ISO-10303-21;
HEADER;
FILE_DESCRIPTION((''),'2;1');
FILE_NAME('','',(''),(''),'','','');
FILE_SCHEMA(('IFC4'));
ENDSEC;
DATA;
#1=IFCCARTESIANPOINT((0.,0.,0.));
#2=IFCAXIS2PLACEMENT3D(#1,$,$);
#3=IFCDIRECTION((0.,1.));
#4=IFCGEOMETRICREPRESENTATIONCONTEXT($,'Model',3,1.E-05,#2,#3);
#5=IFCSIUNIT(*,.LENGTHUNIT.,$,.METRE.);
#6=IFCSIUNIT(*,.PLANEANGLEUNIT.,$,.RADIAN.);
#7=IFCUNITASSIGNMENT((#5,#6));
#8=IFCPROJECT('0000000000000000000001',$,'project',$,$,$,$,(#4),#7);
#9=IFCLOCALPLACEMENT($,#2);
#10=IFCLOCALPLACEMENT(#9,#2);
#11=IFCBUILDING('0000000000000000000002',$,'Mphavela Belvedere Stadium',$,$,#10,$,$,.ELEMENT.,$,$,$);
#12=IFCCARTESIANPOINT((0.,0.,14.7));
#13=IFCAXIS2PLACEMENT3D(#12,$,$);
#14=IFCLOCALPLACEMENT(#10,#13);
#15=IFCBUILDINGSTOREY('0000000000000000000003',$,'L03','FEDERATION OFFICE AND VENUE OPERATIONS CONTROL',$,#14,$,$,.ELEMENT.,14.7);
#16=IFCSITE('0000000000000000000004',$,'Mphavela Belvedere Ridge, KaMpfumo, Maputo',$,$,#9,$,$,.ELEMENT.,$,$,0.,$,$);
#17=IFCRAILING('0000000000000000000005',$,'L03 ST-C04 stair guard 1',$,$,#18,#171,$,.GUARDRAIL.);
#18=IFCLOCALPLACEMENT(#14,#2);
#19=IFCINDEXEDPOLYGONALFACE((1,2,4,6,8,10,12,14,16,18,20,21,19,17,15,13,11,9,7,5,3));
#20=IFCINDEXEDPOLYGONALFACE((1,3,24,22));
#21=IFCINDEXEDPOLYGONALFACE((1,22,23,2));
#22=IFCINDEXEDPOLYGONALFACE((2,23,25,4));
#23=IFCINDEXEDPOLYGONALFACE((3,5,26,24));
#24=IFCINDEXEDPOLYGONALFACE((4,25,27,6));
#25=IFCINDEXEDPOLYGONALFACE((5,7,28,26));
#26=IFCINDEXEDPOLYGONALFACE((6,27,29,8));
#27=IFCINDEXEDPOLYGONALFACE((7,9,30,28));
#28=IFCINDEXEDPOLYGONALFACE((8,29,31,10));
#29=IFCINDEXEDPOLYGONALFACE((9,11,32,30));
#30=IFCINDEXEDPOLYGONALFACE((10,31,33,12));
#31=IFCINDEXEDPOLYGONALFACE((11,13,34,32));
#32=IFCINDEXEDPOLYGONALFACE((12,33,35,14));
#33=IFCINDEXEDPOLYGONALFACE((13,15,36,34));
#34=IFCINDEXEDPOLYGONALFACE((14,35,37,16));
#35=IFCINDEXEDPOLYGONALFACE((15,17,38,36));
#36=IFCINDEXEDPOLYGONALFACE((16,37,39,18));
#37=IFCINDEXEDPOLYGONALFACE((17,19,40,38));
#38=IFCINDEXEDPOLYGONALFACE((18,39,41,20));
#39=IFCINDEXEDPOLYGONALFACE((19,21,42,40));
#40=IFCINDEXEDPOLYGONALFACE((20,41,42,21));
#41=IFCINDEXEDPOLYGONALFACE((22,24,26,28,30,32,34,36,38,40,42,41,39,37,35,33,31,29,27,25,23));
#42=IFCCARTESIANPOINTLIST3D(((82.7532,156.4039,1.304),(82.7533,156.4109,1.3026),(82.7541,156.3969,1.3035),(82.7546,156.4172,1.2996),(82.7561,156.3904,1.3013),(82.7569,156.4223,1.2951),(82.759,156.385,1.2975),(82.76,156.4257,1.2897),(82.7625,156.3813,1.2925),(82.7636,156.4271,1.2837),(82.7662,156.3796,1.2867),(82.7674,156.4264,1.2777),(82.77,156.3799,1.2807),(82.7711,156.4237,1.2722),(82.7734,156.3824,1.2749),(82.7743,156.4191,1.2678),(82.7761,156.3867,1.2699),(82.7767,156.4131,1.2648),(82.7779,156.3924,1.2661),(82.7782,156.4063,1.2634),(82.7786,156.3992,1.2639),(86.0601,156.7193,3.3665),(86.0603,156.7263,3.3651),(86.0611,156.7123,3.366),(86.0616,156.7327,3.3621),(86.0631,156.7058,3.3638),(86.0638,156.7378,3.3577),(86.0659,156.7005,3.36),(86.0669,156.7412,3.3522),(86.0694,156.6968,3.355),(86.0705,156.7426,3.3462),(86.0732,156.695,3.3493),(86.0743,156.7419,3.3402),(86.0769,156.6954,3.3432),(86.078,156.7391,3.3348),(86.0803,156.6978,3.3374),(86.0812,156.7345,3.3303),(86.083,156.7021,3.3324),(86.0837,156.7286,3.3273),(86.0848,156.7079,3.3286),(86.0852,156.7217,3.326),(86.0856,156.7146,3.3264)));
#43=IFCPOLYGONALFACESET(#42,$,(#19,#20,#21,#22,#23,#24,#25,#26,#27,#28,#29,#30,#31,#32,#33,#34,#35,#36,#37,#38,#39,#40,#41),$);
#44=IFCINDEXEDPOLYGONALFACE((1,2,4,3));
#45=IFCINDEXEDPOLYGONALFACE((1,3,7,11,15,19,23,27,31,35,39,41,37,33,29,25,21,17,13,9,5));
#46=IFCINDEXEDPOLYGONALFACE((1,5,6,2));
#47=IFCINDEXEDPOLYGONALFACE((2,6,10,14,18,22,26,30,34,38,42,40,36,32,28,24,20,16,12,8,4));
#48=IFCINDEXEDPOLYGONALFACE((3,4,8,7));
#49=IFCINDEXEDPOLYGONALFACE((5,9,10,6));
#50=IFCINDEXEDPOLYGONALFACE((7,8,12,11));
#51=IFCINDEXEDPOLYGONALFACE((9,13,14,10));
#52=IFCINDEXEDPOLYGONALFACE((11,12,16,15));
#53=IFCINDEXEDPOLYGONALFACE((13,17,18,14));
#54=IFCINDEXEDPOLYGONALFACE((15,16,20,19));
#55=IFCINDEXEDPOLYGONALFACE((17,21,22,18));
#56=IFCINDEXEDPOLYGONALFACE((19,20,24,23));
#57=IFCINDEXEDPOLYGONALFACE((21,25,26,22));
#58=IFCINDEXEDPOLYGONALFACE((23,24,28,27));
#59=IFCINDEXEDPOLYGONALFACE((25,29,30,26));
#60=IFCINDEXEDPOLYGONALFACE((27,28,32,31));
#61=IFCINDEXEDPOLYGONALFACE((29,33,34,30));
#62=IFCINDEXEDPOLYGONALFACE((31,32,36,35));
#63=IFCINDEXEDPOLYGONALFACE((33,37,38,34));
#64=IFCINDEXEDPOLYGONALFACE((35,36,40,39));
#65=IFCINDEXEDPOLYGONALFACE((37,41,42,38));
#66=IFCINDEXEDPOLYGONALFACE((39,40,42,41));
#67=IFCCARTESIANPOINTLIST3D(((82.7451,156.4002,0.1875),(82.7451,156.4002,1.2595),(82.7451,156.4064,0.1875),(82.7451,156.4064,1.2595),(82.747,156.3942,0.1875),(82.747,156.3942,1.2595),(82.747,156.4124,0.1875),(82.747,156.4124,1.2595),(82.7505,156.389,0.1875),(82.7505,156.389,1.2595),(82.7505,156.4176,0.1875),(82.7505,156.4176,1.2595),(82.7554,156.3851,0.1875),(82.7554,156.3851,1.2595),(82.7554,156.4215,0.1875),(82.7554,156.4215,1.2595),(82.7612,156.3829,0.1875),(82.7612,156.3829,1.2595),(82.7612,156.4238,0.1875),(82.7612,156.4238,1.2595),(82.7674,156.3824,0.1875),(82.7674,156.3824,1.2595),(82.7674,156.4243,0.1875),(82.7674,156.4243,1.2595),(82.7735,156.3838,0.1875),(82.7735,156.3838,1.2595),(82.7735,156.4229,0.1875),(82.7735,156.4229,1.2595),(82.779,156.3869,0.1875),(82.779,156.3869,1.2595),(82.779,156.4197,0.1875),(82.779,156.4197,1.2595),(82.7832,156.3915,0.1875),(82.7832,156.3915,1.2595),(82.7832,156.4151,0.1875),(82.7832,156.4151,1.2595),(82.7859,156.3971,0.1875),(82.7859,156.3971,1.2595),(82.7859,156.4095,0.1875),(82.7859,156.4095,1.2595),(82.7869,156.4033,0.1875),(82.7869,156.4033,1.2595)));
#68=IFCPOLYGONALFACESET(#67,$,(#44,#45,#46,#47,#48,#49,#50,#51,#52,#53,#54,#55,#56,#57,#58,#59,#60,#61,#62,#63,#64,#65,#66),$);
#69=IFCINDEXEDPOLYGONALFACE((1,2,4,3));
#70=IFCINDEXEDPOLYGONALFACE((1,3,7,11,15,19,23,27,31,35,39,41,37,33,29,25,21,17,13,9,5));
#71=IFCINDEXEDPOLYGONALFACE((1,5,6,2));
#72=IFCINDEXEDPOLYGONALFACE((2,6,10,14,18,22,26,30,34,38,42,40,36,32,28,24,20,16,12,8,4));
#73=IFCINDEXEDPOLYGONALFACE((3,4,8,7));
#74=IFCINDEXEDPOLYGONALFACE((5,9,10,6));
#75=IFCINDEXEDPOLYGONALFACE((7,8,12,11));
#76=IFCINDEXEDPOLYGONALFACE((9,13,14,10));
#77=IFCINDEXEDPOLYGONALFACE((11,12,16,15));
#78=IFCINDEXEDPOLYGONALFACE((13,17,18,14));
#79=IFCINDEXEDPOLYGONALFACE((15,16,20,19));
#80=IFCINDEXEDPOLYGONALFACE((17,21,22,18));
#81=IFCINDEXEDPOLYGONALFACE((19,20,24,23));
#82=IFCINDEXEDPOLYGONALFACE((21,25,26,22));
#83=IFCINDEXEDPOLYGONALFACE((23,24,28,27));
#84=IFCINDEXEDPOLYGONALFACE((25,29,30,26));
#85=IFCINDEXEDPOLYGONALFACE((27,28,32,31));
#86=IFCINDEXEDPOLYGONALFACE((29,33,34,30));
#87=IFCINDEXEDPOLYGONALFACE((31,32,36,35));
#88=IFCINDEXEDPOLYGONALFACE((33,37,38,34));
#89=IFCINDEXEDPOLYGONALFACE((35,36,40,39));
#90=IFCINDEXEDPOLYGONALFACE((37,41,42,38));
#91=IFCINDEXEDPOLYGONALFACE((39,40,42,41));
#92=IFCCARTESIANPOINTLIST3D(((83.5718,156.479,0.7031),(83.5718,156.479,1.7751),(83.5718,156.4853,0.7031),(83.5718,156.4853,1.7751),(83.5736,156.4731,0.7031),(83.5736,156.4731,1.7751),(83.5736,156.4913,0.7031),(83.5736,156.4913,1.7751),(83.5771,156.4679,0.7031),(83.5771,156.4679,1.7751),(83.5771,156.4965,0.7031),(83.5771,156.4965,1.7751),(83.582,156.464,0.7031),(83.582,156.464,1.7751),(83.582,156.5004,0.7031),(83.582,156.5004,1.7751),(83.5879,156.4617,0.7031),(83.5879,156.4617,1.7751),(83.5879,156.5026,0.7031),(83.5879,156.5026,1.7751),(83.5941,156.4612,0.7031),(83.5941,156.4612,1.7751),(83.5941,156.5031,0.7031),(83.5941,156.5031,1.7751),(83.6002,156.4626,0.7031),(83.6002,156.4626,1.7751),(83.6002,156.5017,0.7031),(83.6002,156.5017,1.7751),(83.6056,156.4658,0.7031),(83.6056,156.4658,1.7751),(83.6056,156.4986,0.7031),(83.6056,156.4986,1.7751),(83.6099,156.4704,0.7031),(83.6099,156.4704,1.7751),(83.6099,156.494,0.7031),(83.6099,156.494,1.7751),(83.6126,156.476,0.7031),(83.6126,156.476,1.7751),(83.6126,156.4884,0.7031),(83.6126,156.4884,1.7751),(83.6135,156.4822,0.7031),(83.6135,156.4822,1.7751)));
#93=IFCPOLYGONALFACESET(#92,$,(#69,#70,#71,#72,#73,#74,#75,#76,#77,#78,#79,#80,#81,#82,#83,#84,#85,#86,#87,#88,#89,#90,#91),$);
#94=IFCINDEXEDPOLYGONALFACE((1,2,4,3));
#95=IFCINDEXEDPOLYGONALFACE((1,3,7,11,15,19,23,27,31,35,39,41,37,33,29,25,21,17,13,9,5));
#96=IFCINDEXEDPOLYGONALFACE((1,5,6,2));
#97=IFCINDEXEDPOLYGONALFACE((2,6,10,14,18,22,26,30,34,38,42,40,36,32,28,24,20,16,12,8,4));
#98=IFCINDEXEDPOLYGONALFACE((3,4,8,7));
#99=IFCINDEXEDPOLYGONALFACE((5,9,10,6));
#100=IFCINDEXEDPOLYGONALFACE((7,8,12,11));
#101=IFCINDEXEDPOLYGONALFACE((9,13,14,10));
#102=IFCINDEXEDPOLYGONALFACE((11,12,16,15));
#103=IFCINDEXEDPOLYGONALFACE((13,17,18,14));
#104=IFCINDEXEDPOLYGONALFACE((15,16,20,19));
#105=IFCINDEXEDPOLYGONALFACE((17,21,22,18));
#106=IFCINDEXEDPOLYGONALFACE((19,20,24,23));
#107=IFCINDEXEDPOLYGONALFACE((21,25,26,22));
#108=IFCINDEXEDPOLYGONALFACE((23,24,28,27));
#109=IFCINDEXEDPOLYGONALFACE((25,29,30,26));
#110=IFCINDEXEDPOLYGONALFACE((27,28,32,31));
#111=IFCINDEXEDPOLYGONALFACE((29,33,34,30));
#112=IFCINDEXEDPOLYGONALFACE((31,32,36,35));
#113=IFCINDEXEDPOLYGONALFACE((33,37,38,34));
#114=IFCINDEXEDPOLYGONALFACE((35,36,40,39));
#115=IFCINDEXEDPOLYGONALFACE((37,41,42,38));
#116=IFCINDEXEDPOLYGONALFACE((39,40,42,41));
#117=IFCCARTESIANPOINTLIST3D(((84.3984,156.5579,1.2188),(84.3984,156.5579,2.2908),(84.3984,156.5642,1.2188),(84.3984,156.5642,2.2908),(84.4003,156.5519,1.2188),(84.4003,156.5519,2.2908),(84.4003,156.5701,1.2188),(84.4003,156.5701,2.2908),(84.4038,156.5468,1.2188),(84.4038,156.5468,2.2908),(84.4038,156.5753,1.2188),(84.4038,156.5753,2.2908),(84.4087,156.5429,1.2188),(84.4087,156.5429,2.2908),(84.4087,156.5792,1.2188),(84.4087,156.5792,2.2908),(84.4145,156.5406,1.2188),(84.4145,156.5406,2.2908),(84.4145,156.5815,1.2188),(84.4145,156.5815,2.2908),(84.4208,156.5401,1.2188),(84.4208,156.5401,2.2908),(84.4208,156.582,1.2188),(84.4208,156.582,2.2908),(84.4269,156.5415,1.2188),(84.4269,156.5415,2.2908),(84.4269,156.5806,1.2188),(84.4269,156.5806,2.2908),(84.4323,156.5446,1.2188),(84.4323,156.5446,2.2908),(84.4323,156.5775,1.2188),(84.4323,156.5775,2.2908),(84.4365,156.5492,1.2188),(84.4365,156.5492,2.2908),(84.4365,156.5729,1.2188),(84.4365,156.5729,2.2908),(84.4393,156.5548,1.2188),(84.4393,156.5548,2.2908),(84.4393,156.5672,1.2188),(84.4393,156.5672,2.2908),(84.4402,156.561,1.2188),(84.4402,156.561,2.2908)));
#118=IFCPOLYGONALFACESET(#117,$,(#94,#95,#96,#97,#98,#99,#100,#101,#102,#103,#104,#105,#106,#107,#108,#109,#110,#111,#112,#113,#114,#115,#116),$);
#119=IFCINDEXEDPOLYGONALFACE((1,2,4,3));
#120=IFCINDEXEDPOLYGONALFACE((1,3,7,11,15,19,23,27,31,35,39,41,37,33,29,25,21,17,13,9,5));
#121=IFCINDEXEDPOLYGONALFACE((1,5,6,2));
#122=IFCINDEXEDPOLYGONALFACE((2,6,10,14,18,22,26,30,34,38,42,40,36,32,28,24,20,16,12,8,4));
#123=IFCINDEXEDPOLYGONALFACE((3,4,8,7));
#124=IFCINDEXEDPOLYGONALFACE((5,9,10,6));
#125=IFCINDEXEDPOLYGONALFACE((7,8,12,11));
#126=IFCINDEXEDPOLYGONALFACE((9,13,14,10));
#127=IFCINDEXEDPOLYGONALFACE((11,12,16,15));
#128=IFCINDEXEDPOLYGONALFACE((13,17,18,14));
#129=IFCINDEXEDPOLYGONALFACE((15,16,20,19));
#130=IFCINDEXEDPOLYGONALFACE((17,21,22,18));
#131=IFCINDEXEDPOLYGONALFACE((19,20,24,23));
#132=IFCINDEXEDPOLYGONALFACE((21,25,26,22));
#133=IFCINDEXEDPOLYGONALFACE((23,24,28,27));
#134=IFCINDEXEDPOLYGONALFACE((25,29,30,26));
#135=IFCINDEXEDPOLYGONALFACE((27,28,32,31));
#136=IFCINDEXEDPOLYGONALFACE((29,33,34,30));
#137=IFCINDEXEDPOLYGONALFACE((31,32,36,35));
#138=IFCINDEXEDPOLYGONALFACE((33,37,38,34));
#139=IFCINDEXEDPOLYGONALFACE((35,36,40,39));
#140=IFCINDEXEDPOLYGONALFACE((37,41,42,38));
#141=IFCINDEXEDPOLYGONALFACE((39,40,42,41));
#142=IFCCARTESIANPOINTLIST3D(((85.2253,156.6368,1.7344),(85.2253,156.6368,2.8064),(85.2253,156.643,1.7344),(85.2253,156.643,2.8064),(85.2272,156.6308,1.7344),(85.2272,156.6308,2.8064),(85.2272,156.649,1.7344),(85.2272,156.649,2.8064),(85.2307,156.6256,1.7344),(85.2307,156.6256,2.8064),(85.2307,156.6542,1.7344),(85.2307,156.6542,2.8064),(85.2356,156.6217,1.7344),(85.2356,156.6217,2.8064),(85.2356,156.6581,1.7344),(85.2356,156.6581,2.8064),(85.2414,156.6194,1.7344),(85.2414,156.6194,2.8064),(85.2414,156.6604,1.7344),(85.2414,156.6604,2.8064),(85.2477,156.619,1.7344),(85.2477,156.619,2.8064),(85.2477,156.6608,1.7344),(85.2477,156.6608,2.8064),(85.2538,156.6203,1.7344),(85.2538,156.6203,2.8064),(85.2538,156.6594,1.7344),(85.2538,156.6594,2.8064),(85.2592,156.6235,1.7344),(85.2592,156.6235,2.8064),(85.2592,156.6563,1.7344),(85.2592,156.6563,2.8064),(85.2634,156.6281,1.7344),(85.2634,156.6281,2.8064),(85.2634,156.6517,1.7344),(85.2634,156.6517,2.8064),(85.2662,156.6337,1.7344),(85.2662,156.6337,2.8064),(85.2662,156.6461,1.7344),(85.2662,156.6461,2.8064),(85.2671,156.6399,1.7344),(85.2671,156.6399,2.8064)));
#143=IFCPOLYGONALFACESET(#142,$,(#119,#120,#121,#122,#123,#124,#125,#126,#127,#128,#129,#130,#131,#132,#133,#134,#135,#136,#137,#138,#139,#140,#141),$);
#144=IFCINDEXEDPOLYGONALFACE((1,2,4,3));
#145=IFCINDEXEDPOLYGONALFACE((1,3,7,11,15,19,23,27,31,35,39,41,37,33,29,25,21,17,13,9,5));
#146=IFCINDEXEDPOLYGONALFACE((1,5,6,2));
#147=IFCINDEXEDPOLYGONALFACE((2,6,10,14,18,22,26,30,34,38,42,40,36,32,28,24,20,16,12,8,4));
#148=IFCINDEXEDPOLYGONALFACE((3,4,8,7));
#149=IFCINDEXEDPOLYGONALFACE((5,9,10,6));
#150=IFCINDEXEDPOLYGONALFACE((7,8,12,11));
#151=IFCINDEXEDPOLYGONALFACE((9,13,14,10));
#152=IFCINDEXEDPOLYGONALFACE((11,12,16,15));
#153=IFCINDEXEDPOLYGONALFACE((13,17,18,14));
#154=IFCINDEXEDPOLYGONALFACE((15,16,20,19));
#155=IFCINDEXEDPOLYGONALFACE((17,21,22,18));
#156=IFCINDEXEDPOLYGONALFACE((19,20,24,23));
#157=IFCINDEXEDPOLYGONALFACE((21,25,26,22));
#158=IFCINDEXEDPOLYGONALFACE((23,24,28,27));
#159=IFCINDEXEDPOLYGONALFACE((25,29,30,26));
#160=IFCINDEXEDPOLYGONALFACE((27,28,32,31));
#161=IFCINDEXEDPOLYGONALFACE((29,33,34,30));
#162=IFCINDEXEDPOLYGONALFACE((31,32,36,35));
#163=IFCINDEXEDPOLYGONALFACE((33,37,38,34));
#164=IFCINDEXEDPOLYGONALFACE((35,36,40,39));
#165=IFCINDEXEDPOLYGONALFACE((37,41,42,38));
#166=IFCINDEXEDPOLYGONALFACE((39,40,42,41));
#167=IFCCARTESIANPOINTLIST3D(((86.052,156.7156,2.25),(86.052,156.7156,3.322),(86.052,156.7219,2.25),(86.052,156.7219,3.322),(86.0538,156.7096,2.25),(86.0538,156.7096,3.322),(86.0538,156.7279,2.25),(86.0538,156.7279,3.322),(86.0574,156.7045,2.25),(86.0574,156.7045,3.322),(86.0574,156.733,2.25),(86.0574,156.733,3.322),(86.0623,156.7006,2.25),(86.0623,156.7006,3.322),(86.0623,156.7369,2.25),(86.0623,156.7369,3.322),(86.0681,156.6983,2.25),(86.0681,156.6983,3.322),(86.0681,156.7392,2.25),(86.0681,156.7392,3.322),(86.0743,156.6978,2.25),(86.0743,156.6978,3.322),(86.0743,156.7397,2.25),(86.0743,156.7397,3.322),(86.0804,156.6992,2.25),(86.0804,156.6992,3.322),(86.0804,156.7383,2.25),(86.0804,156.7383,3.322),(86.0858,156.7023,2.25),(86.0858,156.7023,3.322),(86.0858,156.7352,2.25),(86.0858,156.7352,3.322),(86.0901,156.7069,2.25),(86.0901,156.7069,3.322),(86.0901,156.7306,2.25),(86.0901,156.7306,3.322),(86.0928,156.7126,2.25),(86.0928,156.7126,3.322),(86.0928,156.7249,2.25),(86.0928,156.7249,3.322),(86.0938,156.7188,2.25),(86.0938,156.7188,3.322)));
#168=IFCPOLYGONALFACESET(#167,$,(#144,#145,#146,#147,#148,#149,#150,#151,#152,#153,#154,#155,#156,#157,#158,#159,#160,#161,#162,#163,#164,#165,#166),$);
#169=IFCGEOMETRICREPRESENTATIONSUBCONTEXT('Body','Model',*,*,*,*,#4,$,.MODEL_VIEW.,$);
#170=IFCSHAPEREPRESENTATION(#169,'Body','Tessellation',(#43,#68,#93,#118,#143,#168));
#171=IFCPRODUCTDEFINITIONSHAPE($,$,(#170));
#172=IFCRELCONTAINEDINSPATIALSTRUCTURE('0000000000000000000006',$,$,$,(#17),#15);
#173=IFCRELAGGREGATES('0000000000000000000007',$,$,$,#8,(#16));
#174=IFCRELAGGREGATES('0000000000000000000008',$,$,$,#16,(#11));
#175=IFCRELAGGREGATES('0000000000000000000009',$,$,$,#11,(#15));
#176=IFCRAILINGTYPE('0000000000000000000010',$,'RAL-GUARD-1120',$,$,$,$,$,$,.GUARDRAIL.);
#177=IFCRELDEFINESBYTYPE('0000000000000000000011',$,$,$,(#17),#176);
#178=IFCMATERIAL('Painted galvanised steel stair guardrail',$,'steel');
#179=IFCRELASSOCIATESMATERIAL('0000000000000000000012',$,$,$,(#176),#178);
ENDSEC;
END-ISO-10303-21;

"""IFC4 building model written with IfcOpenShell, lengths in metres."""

from ifc_helpers import new_model, si_unit, direction, frame, origin, origin_2d, place, context, subcontext, project, spatial, circle, extrude, material, type_object, element, save


model = new_model("IFC4")

# Units and contexts
model_context = context("Model", 3, precision=1e-05, world=origin(), true_north=direction((0.0, 1.0)))
body_context = subcontext(model_context, "Body", "Model", "MODEL_VIEW")
ifc_project = project(units=[si_unit("LENGTHUNIT", "METRE"), si_unit("PLANEANGLEUNIT", "RADIAN")], contexts=[model_context])

# Site, building, storey
site_placement = place(None, origin())
site = spatial("IfcSite", under=ifc_project, at=site_placement, Name="Mphavela Belvedere Ridge, KaMpfumo, Maputo", CompositionType="ELEMENT", RefElevation=0.0)
building_placement = place(site_placement, origin())
building = spatial("IfcBuilding", under=site, at=building_placement, Name="Mphavela Belvedere Stadium", CompositionType="ELEMENT")
storey_placement = place(building_placement, frame((0.0, 0.0, 14.7)))
storey = spatial("IfcBuildingStorey", under=building, at=storey_placement, Name="L03", Description="FEDERATION OFFICE AND VENUE OPERATIONS CONTROL", CompositionType="ELEMENT", Elevation=14.7)

# Railing
ifc_material_1 = material(Name="Painted galvanised steel stair guardrail", Category="steel")
railing_type_1 = type_object("IfcRailingType", Name="RAL-GUARD-1120", PredefinedType="GUARDRAIL", material=ifc_material_1)
railing_1_placement = place(storey_placement, frame((82.7659, 156.4033, 0.1875)))
element("IfcRailing", 1, at=railing_1_placement, inside=storey, type_object=railing_type_1, Name="L03 ST-C04 stair guard 1", PredefinedType="GUARDRAIL", context=body_context, shape_type="SweptSolid", body=[
    extrude(circle(Radius=0.0239, at=origin_2d()), frame((0.0, 0.0, 1.0962), z_axis=(0.845729, 0.08067, 0.52748), x_axis=(-0.094955, 0.995482, 0.0)), (0.0, 0.0, 1.0), 3.9102),
    extrude(circle(Radius=0.021, at=origin_2d()), origin(), (0.0, 0.0, 1.0), 1.072),
    extrude(circle(Radius=0.021, at=origin_2d()), frame((0.8267, 0.0789, 0.5156)), (0.0, 0.0, 1.0), 1.072),
    extrude(circle(Radius=0.021, at=origin_2d()), frame((1.6533, 0.1577, 1.0312)), (0.0, 0.0, 1.0), 1.072),
    extrude(circle(Radius=0.021, at=origin_2d()), frame((2.4802, 0.2366, 1.5469)), (0.0, 0.0, 1.0), 1.072),
    extrude(circle(Radius=0.021, at=origin_2d()), frame((3.3069, 0.3154, 2.0625)), (0.0, 0.0, 1.0), 1.072),
])

save(model, "model.ifc")
